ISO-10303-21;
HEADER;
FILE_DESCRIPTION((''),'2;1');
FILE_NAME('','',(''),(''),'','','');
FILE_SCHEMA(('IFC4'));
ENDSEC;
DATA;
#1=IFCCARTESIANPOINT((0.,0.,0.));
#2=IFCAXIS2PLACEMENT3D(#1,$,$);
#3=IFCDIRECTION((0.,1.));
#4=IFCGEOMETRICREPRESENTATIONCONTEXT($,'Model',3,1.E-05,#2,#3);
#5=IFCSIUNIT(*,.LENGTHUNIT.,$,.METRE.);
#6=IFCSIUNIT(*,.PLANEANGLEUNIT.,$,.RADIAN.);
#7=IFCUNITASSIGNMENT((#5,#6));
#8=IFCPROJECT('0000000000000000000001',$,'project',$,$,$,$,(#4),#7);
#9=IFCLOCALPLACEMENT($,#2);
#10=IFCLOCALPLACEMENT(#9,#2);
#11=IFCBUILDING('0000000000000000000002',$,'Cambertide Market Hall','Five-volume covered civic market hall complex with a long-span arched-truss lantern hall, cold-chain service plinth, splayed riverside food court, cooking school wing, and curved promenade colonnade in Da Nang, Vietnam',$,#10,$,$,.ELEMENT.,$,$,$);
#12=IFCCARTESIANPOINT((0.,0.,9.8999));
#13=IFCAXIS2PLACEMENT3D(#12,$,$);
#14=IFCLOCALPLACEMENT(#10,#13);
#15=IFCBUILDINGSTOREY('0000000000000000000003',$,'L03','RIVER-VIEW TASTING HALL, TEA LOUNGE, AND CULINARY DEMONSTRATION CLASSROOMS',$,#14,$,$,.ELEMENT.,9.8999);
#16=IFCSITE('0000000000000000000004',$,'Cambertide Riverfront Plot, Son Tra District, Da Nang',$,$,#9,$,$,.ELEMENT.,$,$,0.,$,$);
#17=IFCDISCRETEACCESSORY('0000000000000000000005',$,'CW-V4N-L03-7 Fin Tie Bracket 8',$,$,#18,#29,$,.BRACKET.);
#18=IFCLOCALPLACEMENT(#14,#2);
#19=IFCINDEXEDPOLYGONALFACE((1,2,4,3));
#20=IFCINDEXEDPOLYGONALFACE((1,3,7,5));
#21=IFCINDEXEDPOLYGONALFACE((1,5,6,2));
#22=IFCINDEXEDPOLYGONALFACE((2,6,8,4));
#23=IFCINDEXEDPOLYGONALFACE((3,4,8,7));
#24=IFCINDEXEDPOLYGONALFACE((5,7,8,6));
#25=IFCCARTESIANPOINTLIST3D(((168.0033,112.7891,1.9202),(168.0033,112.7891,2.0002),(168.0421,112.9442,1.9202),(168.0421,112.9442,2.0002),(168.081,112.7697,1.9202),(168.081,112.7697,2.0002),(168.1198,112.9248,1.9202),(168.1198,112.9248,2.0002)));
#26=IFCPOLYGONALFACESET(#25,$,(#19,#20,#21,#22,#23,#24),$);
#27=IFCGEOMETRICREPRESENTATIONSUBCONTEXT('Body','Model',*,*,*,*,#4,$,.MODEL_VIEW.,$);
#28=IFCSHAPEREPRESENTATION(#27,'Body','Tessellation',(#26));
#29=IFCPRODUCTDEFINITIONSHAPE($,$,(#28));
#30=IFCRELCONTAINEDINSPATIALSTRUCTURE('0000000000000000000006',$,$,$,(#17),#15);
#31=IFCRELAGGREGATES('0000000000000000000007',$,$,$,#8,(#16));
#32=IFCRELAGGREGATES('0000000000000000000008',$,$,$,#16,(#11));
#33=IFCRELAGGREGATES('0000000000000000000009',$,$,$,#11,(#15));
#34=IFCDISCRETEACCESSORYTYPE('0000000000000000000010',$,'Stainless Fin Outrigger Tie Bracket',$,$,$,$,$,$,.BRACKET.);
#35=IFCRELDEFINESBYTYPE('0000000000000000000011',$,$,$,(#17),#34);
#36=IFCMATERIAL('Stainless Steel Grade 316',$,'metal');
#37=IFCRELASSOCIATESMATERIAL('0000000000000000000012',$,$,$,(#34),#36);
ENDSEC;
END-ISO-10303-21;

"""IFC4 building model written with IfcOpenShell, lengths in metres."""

from ifc_helpers import new_model, si_unit, direction, frame, origin, origin_2d, place, context, subcontext, project, spatial, rectangle, extrude, material, type_object, element, save


model = new_model("IFC4")

# Units and contexts
model_context = context("Model", 3, precision=1e-05, world=origin(), true_north=direction((0.0, 1.0)))
body_context = subcontext(model_context, "Body", "Model", "MODEL_VIEW")
ifc_project = project(units=[si_unit("LENGTHUNIT", "METRE"), si_unit("PLANEANGLEUNIT", "RADIAN")], contexts=[model_context])

# Site, building, storey
site_placement = place(None, origin())
site = spatial("IfcSite", under=ifc_project, at=site_placement, Name="Cambertide Riverfront Plot, Son Tra District, Da Nang", CompositionType="ELEMENT", RefElevation=0.0)
building_placement = place(site_placement, origin())
building = spatial("IfcBuilding", under=site, at=building_placement, Name="Cambertide Market Hall", Description="Five-volume covered civic market hall complex with a long-span arched-truss lantern hall, cold-chain service plinth, splayed riverside food court, cooking school wing, and curved promenade colonnade in Da Nang, Vietnam", CompositionType="ELEMENT")
storey_placement = place(building_placement, frame((0.0, 0.0, 9.8999)))
storey = spatial("IfcBuildingStorey", under=building, at=storey_placement, Name="L03", Description="RIVER-VIEW TASTING HALL, TEA LOUNGE, AND CULINARY DEMONSTRATION CLASSROOMS", CompositionType="ELEMENT", Elevation=9.8999)

# Discrete accessory
ifc_material_1 = material(Name="Stainless Steel Grade 316", Category="metal")
discrete_accessory_type = type_object("IfcDiscreteAccessoryType", Name="Stainless Fin Outrigger Tie Bracket", PredefinedType="BRACKET", material=ifc_material_1)
for number, where, z_axis, x_axis, name in (
    (1, (168.0615, 112.8569, 1.9202), (0.0, 0.0, 1.0), (0.970143, -0.242536, 0.0), "CW-V4N-L03-7 Fin Tie Bracket 8"),
):
    element("IfcDiscreteAccessory", number, at=place(storey_placement, frame(where, z_axis=z_axis, x_axis=x_axis)), inside=storey, type_object=discrete_accessory_type, Name=name, PredefinedType="BRACKET", context=body_context, shape_type="SweptSolid", body=[
        extrude(rectangle(XDim=0.0801, YDim=0.1599, at=origin_2d()), origin(), (0.0, 0.0, 1.0), 0.0801),
    ])

save(model, "model.ifc")
